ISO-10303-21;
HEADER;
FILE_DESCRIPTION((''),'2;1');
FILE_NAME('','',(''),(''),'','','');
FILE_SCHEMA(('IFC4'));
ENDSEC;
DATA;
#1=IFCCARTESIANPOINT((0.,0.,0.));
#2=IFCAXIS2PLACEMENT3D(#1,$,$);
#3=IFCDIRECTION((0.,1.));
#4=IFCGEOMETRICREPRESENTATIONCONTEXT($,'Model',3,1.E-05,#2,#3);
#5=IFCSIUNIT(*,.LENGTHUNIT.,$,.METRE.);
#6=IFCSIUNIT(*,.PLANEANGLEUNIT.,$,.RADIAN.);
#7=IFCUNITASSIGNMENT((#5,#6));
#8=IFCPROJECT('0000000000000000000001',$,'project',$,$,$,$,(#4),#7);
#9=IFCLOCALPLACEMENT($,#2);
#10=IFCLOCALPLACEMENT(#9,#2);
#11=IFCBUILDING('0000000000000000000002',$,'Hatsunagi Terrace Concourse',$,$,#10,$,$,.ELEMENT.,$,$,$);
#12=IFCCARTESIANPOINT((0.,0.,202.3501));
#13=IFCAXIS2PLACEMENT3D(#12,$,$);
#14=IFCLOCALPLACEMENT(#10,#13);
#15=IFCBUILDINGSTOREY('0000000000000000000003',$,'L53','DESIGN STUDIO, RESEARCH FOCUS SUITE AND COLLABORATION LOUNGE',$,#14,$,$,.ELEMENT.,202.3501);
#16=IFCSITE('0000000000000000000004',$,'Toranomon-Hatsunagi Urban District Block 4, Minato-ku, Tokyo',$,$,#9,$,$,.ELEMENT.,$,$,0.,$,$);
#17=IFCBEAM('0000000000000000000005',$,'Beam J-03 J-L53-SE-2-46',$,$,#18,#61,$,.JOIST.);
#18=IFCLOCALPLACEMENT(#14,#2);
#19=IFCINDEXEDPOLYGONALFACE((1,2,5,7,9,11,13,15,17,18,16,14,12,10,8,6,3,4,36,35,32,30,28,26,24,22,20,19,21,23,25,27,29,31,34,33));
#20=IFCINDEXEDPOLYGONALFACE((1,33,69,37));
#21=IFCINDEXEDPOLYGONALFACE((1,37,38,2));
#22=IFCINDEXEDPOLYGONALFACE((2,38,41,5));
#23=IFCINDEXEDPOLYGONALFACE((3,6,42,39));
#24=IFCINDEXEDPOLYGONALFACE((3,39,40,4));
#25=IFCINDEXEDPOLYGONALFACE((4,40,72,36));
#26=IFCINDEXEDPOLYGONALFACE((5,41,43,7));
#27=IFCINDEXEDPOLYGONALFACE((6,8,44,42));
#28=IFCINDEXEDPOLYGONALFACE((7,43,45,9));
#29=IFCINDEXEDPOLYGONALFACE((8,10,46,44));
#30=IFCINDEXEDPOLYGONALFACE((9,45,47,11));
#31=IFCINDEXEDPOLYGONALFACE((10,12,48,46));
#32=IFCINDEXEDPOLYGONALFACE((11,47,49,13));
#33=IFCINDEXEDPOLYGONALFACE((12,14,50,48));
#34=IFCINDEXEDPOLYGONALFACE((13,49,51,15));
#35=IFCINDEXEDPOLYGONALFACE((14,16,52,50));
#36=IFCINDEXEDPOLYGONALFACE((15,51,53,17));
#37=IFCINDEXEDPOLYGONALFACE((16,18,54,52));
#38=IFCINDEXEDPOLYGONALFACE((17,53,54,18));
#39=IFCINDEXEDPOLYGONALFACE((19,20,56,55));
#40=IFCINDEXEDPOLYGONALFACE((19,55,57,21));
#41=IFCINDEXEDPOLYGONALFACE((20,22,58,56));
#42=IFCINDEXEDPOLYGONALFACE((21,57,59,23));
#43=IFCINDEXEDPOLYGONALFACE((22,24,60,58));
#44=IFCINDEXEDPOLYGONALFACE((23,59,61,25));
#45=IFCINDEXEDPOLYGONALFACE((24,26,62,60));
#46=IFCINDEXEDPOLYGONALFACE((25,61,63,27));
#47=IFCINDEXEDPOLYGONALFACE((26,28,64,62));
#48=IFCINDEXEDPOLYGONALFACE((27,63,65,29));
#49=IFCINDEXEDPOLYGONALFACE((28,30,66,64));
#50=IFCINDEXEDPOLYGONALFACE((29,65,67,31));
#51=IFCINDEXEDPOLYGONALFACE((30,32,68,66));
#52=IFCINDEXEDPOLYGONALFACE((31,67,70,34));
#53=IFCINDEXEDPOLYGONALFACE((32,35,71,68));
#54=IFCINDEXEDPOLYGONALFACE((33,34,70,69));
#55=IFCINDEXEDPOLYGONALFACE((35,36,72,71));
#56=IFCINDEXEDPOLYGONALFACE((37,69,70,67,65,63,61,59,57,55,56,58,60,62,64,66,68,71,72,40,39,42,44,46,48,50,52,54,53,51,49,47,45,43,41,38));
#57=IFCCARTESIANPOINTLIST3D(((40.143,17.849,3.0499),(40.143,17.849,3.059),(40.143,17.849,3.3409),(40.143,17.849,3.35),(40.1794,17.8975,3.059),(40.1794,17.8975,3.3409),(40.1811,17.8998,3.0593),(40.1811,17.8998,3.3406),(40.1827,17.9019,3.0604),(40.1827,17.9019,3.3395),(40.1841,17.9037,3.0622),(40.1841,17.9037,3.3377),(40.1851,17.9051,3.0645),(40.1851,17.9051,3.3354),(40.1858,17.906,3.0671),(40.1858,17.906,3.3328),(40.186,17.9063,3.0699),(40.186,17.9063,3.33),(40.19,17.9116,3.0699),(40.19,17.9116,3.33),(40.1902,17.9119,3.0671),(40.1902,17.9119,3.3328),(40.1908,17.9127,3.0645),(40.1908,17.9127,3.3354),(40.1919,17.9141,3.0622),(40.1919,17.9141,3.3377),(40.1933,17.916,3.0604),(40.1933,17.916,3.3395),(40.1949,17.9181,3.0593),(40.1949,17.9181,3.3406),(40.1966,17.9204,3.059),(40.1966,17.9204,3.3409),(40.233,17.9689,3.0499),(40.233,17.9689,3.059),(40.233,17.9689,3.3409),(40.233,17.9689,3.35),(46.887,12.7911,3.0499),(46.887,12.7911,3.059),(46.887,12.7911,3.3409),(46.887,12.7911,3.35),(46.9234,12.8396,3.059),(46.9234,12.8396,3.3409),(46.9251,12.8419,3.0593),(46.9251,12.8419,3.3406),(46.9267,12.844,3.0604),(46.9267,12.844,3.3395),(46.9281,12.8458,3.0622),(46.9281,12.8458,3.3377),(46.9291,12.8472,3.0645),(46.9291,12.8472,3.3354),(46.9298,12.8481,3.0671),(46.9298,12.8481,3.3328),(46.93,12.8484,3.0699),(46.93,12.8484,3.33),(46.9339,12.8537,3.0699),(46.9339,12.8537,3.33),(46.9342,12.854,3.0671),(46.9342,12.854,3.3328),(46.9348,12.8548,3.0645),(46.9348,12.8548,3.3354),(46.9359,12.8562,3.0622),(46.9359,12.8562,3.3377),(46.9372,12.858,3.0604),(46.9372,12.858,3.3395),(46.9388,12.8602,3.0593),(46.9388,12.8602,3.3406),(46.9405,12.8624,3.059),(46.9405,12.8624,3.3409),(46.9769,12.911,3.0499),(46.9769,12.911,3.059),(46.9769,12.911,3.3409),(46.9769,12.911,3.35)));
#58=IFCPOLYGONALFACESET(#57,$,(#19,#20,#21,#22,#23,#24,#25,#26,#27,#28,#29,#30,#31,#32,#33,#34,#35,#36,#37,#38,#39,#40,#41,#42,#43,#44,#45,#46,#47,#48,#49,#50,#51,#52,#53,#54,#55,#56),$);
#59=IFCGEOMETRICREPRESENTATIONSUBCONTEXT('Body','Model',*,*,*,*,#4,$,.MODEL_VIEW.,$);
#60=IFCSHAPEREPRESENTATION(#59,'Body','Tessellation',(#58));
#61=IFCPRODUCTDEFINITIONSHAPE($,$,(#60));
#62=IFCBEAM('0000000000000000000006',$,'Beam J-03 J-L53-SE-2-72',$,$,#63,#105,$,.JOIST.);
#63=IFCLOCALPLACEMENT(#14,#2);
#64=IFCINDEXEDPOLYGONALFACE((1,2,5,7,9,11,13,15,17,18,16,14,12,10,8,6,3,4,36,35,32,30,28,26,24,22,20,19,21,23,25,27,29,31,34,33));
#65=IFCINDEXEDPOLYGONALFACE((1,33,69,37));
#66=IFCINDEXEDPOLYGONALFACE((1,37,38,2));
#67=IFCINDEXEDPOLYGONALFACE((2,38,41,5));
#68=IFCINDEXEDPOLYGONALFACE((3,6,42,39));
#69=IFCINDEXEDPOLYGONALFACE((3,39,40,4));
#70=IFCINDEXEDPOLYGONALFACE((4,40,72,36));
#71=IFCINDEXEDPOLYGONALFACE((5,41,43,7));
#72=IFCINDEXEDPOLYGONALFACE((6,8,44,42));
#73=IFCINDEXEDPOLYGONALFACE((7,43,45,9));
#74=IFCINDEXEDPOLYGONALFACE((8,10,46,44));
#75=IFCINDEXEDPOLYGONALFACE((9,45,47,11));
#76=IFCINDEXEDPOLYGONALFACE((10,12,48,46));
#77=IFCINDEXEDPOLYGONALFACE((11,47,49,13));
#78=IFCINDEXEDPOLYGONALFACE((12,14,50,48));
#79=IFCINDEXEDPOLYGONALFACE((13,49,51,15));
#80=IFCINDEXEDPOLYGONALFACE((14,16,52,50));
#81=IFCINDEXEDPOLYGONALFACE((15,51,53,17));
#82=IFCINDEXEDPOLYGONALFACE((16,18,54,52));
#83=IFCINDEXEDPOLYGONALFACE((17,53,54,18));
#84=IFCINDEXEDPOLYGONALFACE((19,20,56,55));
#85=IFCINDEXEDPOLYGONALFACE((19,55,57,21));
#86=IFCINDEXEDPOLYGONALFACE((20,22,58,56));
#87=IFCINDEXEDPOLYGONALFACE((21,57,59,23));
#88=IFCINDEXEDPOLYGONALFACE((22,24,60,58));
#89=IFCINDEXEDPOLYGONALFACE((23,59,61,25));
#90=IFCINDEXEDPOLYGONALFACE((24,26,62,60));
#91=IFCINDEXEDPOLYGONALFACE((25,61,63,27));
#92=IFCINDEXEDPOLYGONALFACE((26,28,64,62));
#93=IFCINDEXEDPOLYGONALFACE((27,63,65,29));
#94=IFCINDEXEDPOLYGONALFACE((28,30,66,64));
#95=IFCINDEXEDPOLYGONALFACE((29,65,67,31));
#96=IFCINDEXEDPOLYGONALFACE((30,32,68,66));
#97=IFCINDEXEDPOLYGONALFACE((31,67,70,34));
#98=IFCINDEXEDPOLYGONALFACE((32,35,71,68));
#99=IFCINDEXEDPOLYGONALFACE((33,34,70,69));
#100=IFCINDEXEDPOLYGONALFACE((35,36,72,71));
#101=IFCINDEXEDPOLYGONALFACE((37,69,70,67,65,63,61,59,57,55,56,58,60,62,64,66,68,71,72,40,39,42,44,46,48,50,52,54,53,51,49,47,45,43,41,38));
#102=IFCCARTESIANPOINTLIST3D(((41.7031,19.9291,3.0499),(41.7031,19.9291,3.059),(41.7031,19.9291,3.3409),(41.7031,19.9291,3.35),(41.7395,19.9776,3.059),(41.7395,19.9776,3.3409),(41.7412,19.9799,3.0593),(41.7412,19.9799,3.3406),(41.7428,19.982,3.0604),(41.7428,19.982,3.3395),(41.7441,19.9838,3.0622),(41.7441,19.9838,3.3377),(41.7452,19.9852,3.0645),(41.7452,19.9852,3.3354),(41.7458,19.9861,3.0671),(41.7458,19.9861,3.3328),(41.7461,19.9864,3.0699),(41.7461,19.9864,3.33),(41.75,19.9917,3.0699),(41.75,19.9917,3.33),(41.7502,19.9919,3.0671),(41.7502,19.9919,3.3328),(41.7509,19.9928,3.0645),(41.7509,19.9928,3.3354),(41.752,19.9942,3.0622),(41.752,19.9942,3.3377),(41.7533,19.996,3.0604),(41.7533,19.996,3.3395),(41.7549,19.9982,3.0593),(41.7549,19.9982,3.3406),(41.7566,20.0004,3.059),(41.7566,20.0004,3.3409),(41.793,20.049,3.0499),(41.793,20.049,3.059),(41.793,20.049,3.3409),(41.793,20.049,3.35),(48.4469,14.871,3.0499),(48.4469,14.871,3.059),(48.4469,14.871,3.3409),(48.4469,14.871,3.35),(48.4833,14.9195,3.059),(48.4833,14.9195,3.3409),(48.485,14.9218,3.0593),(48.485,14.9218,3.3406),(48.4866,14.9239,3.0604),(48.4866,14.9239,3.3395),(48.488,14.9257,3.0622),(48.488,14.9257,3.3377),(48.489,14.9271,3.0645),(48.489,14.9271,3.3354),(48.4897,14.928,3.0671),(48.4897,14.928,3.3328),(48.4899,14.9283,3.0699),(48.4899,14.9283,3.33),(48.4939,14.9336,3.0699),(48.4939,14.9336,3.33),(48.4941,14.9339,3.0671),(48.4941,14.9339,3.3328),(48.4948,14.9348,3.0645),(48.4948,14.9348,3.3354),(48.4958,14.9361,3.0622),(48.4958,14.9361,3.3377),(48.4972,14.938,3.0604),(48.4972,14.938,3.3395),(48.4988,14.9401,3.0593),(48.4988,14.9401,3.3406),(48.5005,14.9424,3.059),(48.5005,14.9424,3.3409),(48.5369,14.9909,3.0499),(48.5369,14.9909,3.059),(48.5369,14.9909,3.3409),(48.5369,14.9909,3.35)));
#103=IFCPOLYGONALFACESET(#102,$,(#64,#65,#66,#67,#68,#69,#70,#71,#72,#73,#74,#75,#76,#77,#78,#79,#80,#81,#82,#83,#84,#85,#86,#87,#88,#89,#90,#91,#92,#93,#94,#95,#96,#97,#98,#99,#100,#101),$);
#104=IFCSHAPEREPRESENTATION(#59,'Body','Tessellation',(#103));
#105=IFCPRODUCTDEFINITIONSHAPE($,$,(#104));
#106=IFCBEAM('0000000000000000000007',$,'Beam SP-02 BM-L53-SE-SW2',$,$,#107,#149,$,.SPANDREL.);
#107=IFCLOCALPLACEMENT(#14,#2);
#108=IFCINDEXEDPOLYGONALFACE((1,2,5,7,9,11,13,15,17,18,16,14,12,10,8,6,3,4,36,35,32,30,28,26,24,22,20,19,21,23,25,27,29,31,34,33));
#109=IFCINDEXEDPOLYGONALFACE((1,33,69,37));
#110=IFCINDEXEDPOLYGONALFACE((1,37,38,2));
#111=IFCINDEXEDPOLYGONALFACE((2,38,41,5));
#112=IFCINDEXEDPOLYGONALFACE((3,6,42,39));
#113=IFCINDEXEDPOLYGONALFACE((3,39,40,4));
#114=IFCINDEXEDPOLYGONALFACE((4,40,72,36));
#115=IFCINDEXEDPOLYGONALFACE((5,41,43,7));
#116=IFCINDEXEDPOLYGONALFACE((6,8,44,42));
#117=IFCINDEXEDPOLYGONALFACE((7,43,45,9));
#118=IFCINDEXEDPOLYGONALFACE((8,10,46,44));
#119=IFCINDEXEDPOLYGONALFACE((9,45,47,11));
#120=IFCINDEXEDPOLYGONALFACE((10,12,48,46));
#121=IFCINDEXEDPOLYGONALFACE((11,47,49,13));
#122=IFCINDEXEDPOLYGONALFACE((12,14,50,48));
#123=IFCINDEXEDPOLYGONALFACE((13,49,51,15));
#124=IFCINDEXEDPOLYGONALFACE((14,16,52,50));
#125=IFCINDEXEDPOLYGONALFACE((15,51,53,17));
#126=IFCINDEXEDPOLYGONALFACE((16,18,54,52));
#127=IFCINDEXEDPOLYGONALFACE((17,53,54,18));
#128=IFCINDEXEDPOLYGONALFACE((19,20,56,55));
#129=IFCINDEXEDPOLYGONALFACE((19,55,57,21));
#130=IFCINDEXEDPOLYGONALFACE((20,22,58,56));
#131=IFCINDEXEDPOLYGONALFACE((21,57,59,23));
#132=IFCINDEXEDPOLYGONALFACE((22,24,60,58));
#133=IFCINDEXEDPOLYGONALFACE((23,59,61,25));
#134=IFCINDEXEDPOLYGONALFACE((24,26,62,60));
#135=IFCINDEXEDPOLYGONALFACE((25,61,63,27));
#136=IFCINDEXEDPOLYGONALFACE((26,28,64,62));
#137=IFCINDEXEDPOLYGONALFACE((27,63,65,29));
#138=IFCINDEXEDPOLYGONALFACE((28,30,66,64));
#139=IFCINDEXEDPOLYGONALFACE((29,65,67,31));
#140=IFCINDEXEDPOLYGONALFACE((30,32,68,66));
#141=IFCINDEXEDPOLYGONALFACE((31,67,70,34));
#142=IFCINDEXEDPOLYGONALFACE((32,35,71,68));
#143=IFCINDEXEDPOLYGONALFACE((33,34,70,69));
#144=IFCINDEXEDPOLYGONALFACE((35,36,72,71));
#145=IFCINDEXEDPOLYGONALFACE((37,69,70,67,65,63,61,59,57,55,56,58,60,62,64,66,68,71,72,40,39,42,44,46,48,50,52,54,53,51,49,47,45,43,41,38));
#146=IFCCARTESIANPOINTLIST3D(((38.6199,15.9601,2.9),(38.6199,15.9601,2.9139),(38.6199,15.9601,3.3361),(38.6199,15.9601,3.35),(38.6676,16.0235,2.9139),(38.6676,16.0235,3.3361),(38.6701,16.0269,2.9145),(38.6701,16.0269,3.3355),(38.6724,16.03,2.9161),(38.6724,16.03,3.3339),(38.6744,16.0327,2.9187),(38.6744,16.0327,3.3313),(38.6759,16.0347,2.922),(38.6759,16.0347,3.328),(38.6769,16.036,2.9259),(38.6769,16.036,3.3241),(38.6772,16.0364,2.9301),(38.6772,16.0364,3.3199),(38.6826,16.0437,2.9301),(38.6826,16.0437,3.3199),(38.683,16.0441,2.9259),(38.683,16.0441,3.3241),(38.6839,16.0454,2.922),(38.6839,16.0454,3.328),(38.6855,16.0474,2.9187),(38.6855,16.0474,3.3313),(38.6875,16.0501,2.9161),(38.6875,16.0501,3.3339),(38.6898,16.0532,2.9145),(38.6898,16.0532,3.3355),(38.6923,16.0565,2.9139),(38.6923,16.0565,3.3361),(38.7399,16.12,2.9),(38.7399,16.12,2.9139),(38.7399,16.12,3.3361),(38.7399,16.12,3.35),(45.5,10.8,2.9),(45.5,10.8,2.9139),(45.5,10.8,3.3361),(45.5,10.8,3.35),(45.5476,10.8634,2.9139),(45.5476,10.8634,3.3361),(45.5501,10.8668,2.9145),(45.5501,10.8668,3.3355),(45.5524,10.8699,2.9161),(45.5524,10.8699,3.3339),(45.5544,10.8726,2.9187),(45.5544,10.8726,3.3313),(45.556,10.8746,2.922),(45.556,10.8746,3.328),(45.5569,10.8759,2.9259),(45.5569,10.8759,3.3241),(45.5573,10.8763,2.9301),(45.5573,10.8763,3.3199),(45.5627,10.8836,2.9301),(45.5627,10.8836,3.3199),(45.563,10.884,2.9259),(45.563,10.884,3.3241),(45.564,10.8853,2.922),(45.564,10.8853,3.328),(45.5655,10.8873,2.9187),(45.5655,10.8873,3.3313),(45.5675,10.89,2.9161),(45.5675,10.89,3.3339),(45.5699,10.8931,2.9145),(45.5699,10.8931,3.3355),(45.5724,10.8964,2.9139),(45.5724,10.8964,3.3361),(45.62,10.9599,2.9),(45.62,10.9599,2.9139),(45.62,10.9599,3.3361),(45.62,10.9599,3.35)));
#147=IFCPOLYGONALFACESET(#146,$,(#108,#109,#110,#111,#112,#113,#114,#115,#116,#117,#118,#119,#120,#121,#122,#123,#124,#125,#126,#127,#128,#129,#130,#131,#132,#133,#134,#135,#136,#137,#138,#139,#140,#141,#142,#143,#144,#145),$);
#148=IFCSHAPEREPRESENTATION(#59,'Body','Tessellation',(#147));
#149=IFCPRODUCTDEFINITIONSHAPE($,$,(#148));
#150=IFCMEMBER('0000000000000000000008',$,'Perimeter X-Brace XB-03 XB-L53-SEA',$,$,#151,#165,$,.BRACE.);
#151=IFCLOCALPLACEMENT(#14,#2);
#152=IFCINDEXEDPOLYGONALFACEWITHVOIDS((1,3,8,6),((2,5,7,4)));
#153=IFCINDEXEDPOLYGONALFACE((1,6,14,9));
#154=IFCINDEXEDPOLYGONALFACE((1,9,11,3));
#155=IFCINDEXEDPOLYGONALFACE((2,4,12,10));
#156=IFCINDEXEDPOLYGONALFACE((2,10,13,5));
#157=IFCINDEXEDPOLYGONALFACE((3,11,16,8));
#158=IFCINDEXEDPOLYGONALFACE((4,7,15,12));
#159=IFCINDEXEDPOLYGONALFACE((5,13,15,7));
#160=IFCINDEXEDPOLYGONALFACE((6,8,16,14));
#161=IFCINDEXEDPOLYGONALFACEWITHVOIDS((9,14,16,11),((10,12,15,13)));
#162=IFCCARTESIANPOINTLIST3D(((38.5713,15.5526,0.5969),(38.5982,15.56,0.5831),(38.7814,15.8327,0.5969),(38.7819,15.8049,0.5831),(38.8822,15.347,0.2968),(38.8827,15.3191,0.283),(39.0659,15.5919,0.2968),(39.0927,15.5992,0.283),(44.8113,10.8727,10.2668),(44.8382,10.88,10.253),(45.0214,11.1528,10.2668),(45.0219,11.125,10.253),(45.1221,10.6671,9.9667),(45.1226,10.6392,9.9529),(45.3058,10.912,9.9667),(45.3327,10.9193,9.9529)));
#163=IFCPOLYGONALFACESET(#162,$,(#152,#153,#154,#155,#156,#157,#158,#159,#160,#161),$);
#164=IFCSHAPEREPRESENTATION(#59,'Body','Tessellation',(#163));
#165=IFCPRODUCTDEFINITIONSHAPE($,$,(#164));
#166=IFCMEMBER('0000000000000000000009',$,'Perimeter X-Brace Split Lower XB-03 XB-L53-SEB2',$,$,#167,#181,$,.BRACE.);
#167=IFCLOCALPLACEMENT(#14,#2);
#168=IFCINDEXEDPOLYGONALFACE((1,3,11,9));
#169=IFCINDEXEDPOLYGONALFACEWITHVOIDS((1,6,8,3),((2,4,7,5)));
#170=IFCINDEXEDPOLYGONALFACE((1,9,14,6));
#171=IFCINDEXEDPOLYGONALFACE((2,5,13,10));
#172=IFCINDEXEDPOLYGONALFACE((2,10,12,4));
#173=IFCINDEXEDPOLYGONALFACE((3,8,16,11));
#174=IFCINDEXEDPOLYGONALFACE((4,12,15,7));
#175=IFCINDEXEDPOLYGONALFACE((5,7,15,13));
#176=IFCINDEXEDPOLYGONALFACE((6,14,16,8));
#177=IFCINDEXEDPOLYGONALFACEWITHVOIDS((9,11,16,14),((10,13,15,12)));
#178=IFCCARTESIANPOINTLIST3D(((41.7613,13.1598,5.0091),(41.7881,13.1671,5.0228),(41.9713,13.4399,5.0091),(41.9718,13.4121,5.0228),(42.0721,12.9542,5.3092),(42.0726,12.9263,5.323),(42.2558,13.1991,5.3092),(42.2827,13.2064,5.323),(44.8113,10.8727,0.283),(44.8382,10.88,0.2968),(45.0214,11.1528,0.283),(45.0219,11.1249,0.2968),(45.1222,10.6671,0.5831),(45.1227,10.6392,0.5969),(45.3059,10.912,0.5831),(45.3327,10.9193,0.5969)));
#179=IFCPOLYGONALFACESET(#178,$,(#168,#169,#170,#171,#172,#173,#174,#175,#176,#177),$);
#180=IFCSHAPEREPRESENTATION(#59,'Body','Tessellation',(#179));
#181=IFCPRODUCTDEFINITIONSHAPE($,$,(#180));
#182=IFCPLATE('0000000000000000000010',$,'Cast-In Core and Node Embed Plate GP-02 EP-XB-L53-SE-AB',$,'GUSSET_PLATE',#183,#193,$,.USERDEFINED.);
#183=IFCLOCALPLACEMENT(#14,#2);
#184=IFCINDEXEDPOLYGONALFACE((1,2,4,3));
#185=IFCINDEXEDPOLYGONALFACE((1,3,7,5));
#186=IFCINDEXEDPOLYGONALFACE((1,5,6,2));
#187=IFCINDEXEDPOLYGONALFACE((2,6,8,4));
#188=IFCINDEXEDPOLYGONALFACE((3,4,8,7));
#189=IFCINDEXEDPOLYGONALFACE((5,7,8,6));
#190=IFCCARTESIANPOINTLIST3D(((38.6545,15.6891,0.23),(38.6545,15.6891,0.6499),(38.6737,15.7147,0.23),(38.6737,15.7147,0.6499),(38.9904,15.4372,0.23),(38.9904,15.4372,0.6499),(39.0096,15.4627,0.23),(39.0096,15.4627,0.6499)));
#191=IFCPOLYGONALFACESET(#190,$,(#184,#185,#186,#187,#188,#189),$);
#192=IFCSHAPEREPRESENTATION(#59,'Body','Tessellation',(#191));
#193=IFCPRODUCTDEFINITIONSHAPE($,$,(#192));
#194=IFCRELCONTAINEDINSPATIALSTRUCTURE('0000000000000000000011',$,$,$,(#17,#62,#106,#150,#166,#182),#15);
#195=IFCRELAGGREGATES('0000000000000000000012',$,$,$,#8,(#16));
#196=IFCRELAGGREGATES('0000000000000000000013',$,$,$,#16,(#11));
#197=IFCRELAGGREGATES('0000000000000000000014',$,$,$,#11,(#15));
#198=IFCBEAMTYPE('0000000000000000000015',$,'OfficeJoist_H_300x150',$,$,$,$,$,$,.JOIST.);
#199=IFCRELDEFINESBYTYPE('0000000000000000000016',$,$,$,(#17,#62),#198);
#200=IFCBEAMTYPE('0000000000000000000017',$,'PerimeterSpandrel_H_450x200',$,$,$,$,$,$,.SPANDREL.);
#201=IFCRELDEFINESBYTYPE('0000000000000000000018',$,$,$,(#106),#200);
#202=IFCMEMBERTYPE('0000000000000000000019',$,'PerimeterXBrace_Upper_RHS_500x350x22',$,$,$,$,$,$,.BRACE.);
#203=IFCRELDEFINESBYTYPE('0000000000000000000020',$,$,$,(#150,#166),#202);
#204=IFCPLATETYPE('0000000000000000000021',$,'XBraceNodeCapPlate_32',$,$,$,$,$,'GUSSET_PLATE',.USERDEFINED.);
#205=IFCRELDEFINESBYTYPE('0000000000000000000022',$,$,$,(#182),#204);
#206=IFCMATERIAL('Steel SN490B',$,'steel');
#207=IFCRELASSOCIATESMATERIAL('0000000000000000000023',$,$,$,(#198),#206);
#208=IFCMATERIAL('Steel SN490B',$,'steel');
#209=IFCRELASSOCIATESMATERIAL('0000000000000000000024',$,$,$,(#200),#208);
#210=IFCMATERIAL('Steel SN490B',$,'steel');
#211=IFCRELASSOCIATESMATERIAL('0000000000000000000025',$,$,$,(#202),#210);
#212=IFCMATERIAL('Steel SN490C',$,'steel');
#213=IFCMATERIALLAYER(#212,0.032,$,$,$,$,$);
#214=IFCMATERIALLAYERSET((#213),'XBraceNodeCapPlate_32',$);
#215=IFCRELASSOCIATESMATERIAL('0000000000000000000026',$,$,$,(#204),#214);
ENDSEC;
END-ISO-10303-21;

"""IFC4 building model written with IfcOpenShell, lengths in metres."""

from ifc_helpers import new_model, si_unit, direction, frame, origin, origin_2d, place, context, subcontext, project, spatial, rectangle, hollow_rectangle, i_section, extrude, material, layer, layer_set, material_profile, profile_set, type_object, element, save


model = new_model("IFC4")

# Units and contexts
model_context = context("Model", 3, precision=1e-05, world=origin(), true_north=direction((0.0, 1.0)))
body_context = subcontext(model_context, "Body", "Model", "MODEL_VIEW")
ifc_project = project(units=[si_unit("LENGTHUNIT", "METRE"), si_unit("PLANEANGLEUNIT", "RADIAN")], contexts=[model_context])

# Site, building, storey
site_placement = place(None, origin())
site = spatial("IfcSite", under=ifc_project, at=site_placement, Name="Toranomon-Hatsunagi Urban District Block 4, Minato-ku, Tokyo", CompositionType="ELEMENT", RefElevation=0.0)
building_placement = place(site_placement, origin())
building = spatial("IfcBuilding", under=site, at=building_placement, Name="Hatsunagi Terrace Concourse", CompositionType="ELEMENT")
storey_placement = place(building_placement, frame((0.0, 0.0, 202.3501)))
storey = spatial("IfcBuildingStorey", under=building, at=storey_placement, Name="L53", Description="DESIGN STUDIO, RESEARCH FOCUS SUITE AND COLLABORATION LOUNGE", CompositionType="ELEMENT", Elevation=202.3501)

# Beams
ifc_material_1 = material(Name="Steel SN490B", Category="steel")
ifc_material_profile_1 = material_profile(ifc_material_1, i_section(OverallWidth=0.1499, OverallDepth=0.3, WebThickness=0.0066, FlangeThickness=0.009, FilletRadius=0.011, at=origin_2d()), Name="H-300x150x6.5x9")
ifc_profile_set_1 = profile_set([ifc_material_profile_1], Name="Steel SN490B")
beam_type_1 = type_object("IfcBeamType", Name="OfficeJoist_H_300x150", PredefinedType="JOIST", material=ifc_profile_set_1)
for number, where, z_axis, x_axis, name in (
    (1, (40.188, 17.9089, 3.2), (0.800003, -0.599995, 0.0), (0.599995, 0.800003, 0.0), "Beam J-03 J-L53-SE-2-46"),
    (2, (41.748, 19.989, 3.2), (0.79999, -0.600014, 0.0), (0.600014, 0.79999, 0.0), "Beam J-03 J-L53-SE-2-72"),
):
    element("IfcBeam", number, at=place(storey_placement, frame(where, z_axis=z_axis, x_axis=x_axis)), inside=storey, type_object=beam_type_1, Name=name, PredefinedType="JOIST", context=body_context, shape_type="SweptSolid", body=[
        extrude(i_section(OverallWidth=0.1499, OverallDepth=0.3, WebThickness=0.0066, FlangeThickness=0.009, FilletRadius=0.011, at=origin_2d()), origin(), (0.0, 0.0, 1.0), 8.4299),
    ])
ifc_material_2 = material(Name="Steel SN490B", Category="steel")
ifc_material_profile_2 = material_profile(ifc_material_2, i_section(OverallWidth=0.2, OverallDepth=0.45, WebThickness=0.009, FlangeThickness=0.0139, FilletRadius=0.0161, at=origin_2d()), Name="H-450x200x9x14")
ifc_profile_set_2 = profile_set([ifc_material_profile_2], Name="Steel SN490B")
beam_type_2 = type_object("IfcBeamType", Name="PerimeterSpandrel_H_450x200", PredefinedType="SPANDREL", material=ifc_profile_set_2)
beam_1_placement = place(storey_placement, frame((38.6799, 16.04, 3.125), z_axis=(0.799997, -0.600005, 0.0), x_axis=(0.600005, 0.799997, 0.0)))
element("IfcBeam", 3, at=beam_1_placement, inside=storey, type_object=beam_type_2, Name="Beam SP-02 BM-L53-SE-SW2", PredefinedType="SPANDREL", context=body_context, shape_type="SweptSolid", body=[
    extrude(i_section(OverallWidth=0.2, OverallDepth=0.45, WebThickness=0.009, FlangeThickness=0.0139, FilletRadius=0.0161, at=origin_2d()), origin(), (0.0, 0.0, 1.0), 8.6001),
])

# Members
ifc_material_3 = material(Name="Steel SN490B", Category="steel")
ifc_material_profile_3 = material_profile(ifc_material_3, hollow_rectangle(XDim=0.3501, YDim=0.5, WallThickness=0.022, at=origin_2d()), Name="RHS-500x350x22")
ifc_profile_set_3 = profile_set([ifc_material_profile_3], Name="Steel SN490B")
member_type_1 = type_object("IfcMemberType", Name="PerimeterXBrace_Upper_RHS_500x350x22", PredefinedType="BRACE", material=ifc_profile_set_3)
member_1_placement = place(storey_placement, frame((38.832, 15.5759, 0.4399), z_axis=(0.502268, -0.376696, 0.778349), x_axis=(0.599995, 0.800004, 0.0)))
element("IfcMember", 4, at=member_1_placement, inside=storey, type_object=member_type_1, Name="Perimeter X-Brace XB-03 XB-L53-SEA", PredefinedType="BRACE", context=body_context, shape_type="SweptSolid", body=[
    extrude(hollow_rectangle(XDim=0.3501, YDim=0.5, WallThickness=0.022, at=origin_2d()), origin(), (0.0, 0.0, 1.0), 12.4236),
])
member_2_placement = place(storey_placement, frame((42.022, 13.1831, 5.166), z_axis=(0.502312, -0.376664, -0.778336), x_axis=(0.599928, 0.800054, 0.0)))
element("IfcMember", 5, at=member_2_placement, inside=storey, type_object=member_type_1, Name="Perimeter X-Brace Split Lower XB-03 XB-L53-SEB2", PredefinedType="BRACE", context=body_context, shape_type="SweptSolid", body=[
    extrude(hollow_rectangle(XDim=0.3501, YDim=0.5, WallThickness=0.022, at=origin_2d()), origin(), (0.0, 0.0, 1.0), 6.072),
])

# Plate
ifc_material_4 = material(Name="Steel SN490C", Category="steel")
ifc_layer_1 = layer(ifc_material_4, 0.032)
ifc_layer_set_1 = layer_set([ifc_layer_1], Name="XBraceNodeCapPlate_32")
plate_type = type_object("IfcPlateType", Name="XBraceNodeCapPlate_32", ElementType="GUSSET_PLATE", PredefinedType="USERDEFINED", material=ifc_layer_set_1)
for number, where, z_axis, x_axis, name in (
    (6, (38.832, 15.5759, 0.23), (0.0, 0.0, 1.0), (0.8, -0.6, 0.0), "Cast-In Core and Node Embed Plate GP-02 EP-XB-L53-SE-AB"),
):
    element("IfcPlate", number, at=place(storey_placement, frame(where, z_axis=z_axis, x_axis=x_axis)), inside=storey, type_object=plate_type, Name=name, ObjectType="GUSSET_PLATE", PredefinedType="USERDEFINED", context=body_context, shape_type="SweptSolid", body=[
        extrude(rectangle(XDim=0.4199, YDim=0.032, at=origin_2d()), origin(), (0.0, 0.0, 1.0), 0.4199),
    ])

save(model, "model.ifc")
